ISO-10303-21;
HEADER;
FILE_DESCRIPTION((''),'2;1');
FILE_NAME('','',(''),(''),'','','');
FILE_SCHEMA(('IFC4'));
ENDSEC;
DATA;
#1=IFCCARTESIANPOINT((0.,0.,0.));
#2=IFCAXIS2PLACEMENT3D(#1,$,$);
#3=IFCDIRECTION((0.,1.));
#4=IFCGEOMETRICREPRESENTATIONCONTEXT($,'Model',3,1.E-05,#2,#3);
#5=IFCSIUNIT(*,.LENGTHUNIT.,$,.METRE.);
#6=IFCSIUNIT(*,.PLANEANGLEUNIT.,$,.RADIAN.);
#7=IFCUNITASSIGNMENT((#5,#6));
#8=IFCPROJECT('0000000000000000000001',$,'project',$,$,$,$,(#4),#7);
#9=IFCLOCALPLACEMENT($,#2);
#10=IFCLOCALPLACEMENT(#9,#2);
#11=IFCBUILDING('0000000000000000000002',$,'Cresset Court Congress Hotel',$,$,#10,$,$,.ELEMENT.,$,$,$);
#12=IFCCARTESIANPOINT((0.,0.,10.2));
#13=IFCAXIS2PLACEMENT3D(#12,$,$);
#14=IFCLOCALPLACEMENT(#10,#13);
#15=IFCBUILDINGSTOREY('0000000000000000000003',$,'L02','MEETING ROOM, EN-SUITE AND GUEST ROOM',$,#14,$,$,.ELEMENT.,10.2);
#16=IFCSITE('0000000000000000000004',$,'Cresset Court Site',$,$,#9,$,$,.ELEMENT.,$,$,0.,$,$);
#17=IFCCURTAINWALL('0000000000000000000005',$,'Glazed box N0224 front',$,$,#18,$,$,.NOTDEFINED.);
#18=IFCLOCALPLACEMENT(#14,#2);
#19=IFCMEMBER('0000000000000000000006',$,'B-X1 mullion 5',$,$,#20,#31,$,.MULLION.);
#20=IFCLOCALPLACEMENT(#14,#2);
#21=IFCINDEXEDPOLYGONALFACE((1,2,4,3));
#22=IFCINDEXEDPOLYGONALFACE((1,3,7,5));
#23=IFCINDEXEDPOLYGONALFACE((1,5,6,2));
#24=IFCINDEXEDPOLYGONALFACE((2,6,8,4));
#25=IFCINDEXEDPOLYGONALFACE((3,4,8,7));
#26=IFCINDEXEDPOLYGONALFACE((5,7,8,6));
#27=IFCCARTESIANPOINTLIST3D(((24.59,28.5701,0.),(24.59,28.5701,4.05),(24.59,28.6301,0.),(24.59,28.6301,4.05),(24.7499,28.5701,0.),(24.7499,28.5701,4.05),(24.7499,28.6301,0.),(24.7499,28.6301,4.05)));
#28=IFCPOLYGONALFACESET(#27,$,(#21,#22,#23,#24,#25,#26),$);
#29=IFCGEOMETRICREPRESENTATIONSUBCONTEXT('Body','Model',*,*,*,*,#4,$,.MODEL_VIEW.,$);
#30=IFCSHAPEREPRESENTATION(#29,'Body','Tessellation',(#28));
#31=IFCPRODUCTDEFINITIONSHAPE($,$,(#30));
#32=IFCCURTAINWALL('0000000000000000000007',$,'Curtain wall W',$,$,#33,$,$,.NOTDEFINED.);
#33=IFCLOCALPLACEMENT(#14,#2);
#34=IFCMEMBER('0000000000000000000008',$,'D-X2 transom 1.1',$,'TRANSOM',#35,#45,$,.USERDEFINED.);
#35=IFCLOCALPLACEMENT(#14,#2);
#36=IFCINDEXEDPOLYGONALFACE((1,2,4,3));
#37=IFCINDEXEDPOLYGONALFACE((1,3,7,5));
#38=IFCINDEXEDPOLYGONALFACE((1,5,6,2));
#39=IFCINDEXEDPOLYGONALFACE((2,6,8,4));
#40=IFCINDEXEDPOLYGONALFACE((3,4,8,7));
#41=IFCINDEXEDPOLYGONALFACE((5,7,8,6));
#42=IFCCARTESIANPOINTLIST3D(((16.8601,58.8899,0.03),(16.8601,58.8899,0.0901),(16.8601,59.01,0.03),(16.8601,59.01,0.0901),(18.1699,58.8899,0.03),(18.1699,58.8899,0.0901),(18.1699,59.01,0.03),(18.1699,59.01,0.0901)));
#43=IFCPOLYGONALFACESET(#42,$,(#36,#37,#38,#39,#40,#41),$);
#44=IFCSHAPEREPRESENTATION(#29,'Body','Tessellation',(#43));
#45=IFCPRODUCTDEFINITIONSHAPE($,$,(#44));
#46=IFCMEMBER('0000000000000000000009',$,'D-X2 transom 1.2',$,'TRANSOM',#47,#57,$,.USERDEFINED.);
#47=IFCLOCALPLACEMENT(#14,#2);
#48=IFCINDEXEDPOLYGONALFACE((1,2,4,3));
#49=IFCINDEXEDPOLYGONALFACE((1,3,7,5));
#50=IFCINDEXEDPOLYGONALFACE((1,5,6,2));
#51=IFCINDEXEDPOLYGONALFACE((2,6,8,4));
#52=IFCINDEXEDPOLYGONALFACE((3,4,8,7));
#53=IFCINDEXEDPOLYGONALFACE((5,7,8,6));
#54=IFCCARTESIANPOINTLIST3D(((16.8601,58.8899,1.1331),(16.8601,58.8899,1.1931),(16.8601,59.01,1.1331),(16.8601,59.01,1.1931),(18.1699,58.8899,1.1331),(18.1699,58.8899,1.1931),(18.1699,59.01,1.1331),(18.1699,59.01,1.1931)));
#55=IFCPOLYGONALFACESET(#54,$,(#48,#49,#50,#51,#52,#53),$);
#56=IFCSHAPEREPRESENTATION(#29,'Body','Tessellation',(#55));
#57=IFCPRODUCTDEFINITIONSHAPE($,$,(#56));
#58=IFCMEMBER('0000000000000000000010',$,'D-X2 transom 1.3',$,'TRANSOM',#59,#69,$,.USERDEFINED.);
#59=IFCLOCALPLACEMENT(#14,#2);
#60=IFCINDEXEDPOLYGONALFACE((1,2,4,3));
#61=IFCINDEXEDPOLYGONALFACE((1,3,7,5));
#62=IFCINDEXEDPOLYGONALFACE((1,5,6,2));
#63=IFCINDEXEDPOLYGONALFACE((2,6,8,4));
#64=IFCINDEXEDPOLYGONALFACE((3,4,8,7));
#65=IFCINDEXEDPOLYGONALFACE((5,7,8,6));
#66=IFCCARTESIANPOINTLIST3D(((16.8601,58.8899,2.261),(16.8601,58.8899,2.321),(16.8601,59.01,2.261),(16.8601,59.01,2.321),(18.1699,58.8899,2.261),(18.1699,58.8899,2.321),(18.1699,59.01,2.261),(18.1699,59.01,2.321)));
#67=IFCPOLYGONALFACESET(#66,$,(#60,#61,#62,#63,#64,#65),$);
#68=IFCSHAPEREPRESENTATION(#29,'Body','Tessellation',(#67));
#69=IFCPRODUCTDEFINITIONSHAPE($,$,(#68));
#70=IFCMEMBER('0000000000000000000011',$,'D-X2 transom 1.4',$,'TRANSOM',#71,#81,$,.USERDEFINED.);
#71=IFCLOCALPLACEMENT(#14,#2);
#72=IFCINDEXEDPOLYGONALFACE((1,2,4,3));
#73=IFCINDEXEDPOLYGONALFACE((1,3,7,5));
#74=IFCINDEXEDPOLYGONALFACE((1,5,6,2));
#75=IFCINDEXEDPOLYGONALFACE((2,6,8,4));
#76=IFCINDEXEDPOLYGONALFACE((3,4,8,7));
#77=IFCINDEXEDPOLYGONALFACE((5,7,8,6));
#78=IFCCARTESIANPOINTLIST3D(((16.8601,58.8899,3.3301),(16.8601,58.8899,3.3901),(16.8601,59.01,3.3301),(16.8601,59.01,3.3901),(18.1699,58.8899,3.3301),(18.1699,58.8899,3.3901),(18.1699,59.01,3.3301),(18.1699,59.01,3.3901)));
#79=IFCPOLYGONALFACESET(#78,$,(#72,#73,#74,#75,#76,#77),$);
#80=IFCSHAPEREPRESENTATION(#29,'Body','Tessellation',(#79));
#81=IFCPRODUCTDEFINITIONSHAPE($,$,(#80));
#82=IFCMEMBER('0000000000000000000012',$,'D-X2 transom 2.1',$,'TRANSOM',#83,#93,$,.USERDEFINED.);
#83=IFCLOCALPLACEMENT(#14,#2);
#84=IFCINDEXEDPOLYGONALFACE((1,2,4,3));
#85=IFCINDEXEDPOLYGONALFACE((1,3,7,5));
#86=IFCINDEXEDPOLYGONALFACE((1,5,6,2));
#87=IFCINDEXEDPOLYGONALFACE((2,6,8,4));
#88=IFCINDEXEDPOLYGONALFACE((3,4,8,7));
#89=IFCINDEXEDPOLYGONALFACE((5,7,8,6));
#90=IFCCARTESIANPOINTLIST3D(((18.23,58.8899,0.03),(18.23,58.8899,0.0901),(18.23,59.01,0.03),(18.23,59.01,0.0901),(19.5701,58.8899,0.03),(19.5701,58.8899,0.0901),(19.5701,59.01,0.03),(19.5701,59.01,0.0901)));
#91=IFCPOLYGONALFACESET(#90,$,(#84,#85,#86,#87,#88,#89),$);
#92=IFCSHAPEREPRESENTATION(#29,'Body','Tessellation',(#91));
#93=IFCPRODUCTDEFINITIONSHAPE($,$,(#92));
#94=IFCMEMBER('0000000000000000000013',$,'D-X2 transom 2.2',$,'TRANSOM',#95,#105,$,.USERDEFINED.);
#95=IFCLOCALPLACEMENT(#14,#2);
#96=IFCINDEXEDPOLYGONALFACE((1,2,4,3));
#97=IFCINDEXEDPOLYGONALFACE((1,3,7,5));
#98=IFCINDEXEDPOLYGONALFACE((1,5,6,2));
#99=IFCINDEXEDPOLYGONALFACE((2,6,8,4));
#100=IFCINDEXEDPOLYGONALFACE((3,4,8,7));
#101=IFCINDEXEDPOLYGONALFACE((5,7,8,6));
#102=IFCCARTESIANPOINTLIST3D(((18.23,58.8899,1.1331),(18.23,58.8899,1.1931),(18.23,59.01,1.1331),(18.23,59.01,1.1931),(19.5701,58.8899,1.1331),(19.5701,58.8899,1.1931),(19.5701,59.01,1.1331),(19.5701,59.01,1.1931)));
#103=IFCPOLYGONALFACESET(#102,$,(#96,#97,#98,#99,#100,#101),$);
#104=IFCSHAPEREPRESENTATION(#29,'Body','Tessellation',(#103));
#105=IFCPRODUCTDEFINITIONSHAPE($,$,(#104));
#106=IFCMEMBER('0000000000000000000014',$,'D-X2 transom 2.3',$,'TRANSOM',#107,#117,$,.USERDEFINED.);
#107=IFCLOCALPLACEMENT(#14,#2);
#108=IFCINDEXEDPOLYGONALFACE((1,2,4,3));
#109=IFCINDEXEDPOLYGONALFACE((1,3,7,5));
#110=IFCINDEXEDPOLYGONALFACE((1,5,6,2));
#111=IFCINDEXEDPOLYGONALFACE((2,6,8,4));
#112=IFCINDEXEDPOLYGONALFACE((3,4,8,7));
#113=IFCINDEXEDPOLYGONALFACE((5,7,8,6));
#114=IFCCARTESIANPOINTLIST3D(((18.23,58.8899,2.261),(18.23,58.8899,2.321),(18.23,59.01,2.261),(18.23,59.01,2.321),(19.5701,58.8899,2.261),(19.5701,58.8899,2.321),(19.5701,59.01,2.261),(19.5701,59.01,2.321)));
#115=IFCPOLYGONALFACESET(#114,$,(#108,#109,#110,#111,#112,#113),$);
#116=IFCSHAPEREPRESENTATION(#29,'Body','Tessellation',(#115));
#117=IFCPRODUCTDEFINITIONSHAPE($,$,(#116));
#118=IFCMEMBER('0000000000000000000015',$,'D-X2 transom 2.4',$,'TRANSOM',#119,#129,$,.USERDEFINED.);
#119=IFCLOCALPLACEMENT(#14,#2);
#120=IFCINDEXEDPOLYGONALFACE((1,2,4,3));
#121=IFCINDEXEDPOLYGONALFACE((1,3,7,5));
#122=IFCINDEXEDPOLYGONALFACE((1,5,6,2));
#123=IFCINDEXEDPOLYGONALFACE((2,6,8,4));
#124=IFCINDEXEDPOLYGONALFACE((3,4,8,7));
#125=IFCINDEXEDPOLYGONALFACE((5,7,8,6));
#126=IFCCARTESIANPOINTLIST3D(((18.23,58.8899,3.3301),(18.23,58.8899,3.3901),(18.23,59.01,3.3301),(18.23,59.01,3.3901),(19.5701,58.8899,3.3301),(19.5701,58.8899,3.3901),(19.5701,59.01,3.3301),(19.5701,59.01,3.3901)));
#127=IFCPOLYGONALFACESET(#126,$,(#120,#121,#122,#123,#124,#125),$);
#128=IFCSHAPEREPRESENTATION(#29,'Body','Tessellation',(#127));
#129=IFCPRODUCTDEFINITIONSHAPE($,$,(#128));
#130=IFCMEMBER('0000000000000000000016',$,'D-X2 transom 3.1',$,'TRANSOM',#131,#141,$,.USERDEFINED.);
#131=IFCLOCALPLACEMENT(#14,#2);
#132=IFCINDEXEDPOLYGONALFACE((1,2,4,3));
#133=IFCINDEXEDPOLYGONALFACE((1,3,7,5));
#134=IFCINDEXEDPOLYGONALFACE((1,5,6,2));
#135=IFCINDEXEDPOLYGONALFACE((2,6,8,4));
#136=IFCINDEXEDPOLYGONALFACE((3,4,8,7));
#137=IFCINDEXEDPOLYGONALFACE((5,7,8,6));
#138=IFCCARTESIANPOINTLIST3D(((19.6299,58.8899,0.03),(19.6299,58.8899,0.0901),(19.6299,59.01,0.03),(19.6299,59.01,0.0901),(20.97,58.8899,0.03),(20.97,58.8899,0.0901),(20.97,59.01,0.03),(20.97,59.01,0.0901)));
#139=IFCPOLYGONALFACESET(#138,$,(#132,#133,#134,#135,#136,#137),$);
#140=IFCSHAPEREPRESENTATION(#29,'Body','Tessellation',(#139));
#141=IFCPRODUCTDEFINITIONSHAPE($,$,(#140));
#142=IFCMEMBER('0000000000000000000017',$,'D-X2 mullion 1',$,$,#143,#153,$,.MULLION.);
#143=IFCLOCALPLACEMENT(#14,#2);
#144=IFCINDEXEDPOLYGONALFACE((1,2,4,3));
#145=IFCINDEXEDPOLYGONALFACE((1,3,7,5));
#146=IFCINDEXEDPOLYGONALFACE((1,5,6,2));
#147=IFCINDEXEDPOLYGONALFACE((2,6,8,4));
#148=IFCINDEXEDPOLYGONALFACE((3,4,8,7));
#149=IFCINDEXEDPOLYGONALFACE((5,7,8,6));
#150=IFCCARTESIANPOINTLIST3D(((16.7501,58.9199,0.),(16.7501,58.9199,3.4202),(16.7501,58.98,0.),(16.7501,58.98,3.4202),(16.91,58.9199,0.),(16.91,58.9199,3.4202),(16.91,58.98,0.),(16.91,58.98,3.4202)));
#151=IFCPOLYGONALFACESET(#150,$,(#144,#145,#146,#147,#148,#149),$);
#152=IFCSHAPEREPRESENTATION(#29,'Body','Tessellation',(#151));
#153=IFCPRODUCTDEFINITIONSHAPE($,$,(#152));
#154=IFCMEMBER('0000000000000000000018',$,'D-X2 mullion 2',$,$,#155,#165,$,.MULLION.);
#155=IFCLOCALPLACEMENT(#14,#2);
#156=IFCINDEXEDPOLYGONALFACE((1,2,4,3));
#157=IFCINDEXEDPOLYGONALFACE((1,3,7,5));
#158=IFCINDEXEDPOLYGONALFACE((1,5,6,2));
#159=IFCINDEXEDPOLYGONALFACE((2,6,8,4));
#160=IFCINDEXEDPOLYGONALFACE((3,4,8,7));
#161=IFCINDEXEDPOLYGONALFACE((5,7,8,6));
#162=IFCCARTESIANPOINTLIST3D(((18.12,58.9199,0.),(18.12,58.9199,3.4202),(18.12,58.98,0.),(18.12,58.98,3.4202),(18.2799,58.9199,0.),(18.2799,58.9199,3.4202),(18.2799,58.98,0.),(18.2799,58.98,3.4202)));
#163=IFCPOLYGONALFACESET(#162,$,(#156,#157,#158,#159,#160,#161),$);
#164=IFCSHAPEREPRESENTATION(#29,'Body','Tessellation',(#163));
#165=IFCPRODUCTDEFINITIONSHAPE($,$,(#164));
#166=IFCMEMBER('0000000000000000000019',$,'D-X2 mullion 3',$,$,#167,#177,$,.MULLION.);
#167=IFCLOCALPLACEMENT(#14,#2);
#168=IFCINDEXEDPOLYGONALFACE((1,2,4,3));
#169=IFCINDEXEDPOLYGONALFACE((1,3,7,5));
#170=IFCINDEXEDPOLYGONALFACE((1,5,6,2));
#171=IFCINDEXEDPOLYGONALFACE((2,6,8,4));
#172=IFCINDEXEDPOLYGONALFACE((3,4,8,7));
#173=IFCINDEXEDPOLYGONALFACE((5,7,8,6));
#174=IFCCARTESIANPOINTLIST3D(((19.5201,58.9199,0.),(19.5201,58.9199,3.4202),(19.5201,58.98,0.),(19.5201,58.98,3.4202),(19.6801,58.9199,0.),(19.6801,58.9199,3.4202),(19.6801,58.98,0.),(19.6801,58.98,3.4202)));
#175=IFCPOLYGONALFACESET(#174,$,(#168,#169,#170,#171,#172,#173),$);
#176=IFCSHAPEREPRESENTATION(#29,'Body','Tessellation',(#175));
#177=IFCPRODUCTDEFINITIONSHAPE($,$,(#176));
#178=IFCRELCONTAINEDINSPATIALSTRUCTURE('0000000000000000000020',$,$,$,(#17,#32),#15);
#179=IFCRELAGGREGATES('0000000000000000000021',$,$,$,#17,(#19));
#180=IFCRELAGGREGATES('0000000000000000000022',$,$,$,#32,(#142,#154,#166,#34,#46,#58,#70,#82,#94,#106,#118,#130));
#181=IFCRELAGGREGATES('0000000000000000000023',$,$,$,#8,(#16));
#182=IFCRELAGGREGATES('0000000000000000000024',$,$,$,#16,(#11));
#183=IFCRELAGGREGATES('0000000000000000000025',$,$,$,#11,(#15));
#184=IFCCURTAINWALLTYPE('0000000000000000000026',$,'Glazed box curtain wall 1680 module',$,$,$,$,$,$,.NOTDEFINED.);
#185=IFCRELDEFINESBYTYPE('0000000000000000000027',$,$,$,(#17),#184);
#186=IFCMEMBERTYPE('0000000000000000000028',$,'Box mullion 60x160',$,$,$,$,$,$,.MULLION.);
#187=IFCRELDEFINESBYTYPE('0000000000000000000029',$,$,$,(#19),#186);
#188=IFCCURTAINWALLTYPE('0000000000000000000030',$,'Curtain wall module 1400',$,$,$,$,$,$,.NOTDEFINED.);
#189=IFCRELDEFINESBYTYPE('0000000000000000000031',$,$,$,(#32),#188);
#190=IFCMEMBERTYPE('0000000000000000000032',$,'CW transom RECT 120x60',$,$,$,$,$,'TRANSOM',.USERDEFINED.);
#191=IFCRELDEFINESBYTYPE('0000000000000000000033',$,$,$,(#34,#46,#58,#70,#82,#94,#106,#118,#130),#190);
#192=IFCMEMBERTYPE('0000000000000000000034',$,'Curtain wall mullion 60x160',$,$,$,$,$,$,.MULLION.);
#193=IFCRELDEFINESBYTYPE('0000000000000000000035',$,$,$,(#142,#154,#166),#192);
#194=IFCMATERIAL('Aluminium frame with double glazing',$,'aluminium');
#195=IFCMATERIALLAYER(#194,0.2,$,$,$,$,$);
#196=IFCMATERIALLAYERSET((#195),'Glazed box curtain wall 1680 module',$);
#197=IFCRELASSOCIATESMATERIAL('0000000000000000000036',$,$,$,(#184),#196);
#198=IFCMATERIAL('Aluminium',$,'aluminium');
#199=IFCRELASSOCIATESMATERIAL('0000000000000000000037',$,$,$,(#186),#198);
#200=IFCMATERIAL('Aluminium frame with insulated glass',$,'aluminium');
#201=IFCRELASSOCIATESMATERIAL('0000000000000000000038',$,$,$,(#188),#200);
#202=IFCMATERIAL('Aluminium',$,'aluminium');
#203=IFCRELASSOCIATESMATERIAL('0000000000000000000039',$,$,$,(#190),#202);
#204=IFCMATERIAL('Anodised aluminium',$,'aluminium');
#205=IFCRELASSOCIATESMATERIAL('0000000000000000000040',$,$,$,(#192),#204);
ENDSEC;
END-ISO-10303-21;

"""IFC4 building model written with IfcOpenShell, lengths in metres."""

from ifc_helpers import new_model, si_unit, direction, frame, origin, origin_2d, place, context, subcontext, project, spatial, rectangle, extrude, material, layer, layer_set, material_profile, profile_set, type_object, element, aggregate, save


model = new_model("IFC4")

# Units and contexts
model_context = context("Model", 3, precision=1e-05, world=origin(), true_north=direction((0.0, 1.0)))
body_context = subcontext(model_context, "Body", "Model", "MODEL_VIEW")
ifc_project = project(units=[si_unit("LENGTHUNIT", "METRE"), si_unit("PLANEANGLEUNIT", "RADIAN")], contexts=[model_context])

# Site, building, storey
site_placement = place(None, origin())
site = spatial("IfcSite", under=ifc_project, at=site_placement, Name="Cresset Court Site", CompositionType="ELEMENT", RefElevation=0.0)
building_placement = place(site_placement, origin())
building = spatial("IfcBuilding", under=site, at=building_placement, Name="Cresset Court Congress Hotel", CompositionType="ELEMENT")
storey_placement = place(building_placement, frame((0.0, 0.0, 10.2)))
storey = spatial("IfcBuildingStorey", under=building, at=storey_placement, Name="L02", Description="MEETING ROOM, EN-SUITE AND GUEST ROOM", CompositionType="ELEMENT", Elevation=10.2)

# Curtain wall, member
ifc_material_1 = material(Name="Aluminium frame with double glazing", Category="aluminium")
ifc_layer_1 = layer(ifc_material_1, 0.2)
ifc_layer_set_1 = layer_set([ifc_layer_1], Name="Glazed box curtain wall 1680 module")
curtain_wall_type_1 = type_object("IfcCurtainWallType", Name="Glazed box curtain wall 1680 module", PredefinedType="NOTDEFINED", material=ifc_layer_set_1)
curtain_wall_1_placement = place(storey_placement, origin())
curtain_wall_1 = element("IfcCurtainWall", 1, at=curtain_wall_1_placement, inside=storey, type_object=curtain_wall_type_1, Name="Glazed box N0224 front", PredefinedType="NOTDEFINED")
ifc_material_2 = material(Name="Aluminium", Category="aluminium")
ifc_material_profile_1 = material_profile(ifc_material_2, rectangle(XDim=0.0601, YDim=0.1599, at=origin_2d()), Name="Box mullion 60x160")
ifc_profile_set_1 = profile_set([ifc_material_profile_1], Name="Aluminium")
member_type_1 = type_object("IfcMemberType", Name="Box mullion 60x160", PredefinedType="MULLION", material=ifc_profile_set_1)
member_1_placement = place(storey_placement, frame((24.6699, 28.6001, 0.0), z_axis=(0.0, 0.0, 1.0), x_axis=(0.0, 1.0, 0.0)))
member_1 = element("IfcMember", 2, at=member_1_placement, type_object=member_type_1, Name="B-X1 mullion 5", PredefinedType="MULLION", context=body_context, shape_type="SweptSolid", body=[
    extrude(rectangle(XDim=0.0601, YDim=0.1599, at=origin_2d()), origin(), (0.0, 0.0, 1.0), 4.05),
])

# Curtain wall, members
ifc_material_3 = material(Name="Aluminium frame with insulated glass", Category="aluminium")
curtain_wall_type_2 = type_object("IfcCurtainWallType", Name="Curtain wall module 1400", PredefinedType="NOTDEFINED", material=ifc_material_3)
curtain_wall_2_placement = place(storey_placement, origin())
curtain_wall_2 = element("IfcCurtainWall", 3, at=curtain_wall_2_placement, inside=storey, type_object=curtain_wall_type_2, Name="Curtain wall W", PredefinedType="NOTDEFINED")
ifc_material_4 = material(Name="Aluminium", Category="aluminium")
ifc_material_profile_2 = material_profile(ifc_material_4, rectangle(XDim=0.1201, YDim=0.0601, at=origin_2d()), Name="AL 120x60")
ifc_profile_set_2 = profile_set([ifc_material_profile_2], Name="Aluminium")
member_type_2 = type_object("IfcMemberType", Name="CW transom RECT 120x60", ElementType="TRANSOM", PredefinedType="USERDEFINED", material=ifc_profile_set_2)
member_2_placement = place(storey_placement, frame((16.8601, 58.95, 0.0601), z_axis=(1.0, 0.0, 0.0), x_axis=(0.0, 1.0, 0.0)))
member_2 = element("IfcMember", 4, at=member_2_placement, type_object=member_type_2, Name="D-X2 transom 1.1", ObjectType="TRANSOM", PredefinedType="USERDEFINED", context=body_context, shape_type="SweptSolid", body=[
    extrude(rectangle(XDim=0.1201, YDim=0.0601, at=origin_2d()), origin(), (0.0, 0.0, 1.0), 1.3098),
])
member_3_placement = place(storey_placement, frame((16.8601, 58.95, 1.1631), z_axis=(1.0, 0.0, 0.0), x_axis=(0.0, 1.0, 0.0)))
member_3 = element("IfcMember", 5, at=member_3_placement, type_object=member_type_2, Name="D-X2 transom 1.2", ObjectType="TRANSOM", PredefinedType="USERDEFINED", context=body_context, shape_type="SweptSolid", body=[
    extrude(rectangle(XDim=0.1201, YDim=0.0601, at=origin_2d()), origin(), (0.0, 0.0, 1.0), 1.3098),
])
member_4_placement = place(storey_placement, frame((16.8601, 58.95, 2.291), z_axis=(1.0, 0.0, 0.0), x_axis=(0.0, 1.0, 0.0)))
member_4 = element("IfcMember", 6, at=member_4_placement, type_object=member_type_2, Name="D-X2 transom 1.3", ObjectType="TRANSOM", PredefinedType="USERDEFINED", context=body_context, shape_type="SweptSolid", body=[
    extrude(rectangle(XDim=0.1201, YDim=0.0601, at=origin_2d()), origin(), (0.0, 0.0, 1.0), 1.3098),
])
member_5_placement = place(storey_placement, frame((16.8601, 58.95, 3.3601), z_axis=(1.0, 0.0, 0.0), x_axis=(0.0, 1.0, 0.0)))
member_5 = element("IfcMember", 7, at=member_5_placement, type_object=member_type_2, Name="D-X2 transom 1.4", ObjectType="TRANSOM", PredefinedType="USERDEFINED", context=body_context, shape_type="SweptSolid", body=[
    extrude(rectangle(XDim=0.1201, YDim=0.0601, at=origin_2d()), origin(), (0.0, 0.0, 1.0), 1.3098),
])
member_6_placement = place(storey_placement, frame((18.23, 58.95, 0.0601), z_axis=(1.0, 0.0, 0.0), x_axis=(0.0, 1.0, 0.0)))
member_6 = element("IfcMember", 8, at=member_6_placement, type_object=member_type_2, Name="D-X2 transom 2.1", ObjectType="TRANSOM", PredefinedType="USERDEFINED", context=body_context, shape_type="SweptSolid", body=[
    extrude(rectangle(XDim=0.1201, YDim=0.0601, at=origin_2d()), origin(), (0.0, 0.0, 1.0), 1.3401),
])
member_7_placement = place(storey_placement, frame((18.23, 58.95, 1.1631), z_axis=(1.0, 0.0, 0.0), x_axis=(0.0, 1.0, 0.0)))
member_7 = element("IfcMember", 9, at=member_7_placement, type_object=member_type_2, Name="D-X2 transom 2.2", ObjectType="TRANSOM", PredefinedType="USERDEFINED", context=body_context, shape_type="SweptSolid", body=[
    extrude(rectangle(XDim=0.1201, YDim=0.0601, at=origin_2d()), origin(), (0.0, 0.0, 1.0), 1.3401),
])
member_8_placement = place(storey_placement, frame((18.23, 58.95, 2.291), z_axis=(1.0, 0.0, 0.0), x_axis=(0.0, 1.0, 0.0)))
member_8 = element("IfcMember", 10, at=member_8_placement, type_object=member_type_2, Name="D-X2 transom 2.3", ObjectType="TRANSOM", PredefinedType="USERDEFINED", context=body_context, shape_type="SweptSolid", body=[
    extrude(rectangle(XDim=0.1201, YDim=0.0601, at=origin_2d()), origin(), (0.0, 0.0, 1.0), 1.3401),
])
member_9_placement = place(storey_placement, frame((18.23, 58.95, 3.3601), z_axis=(1.0, 0.0, 0.0), x_axis=(0.0, 1.0, 0.0)))
member_9 = element("IfcMember", 11, at=member_9_placement, type_object=member_type_2, Name="D-X2 transom 2.4", ObjectType="TRANSOM", PredefinedType="USERDEFINED", context=body_context, shape_type="SweptSolid", body=[
    extrude(rectangle(XDim=0.1201, YDim=0.0601, at=origin_2d()), origin(), (0.0, 0.0, 1.0), 1.3401),
])
member_10_placement = place(storey_placement, frame((19.6299, 58.95, 0.0601), z_axis=(1.0, 0.0, 0.0), x_axis=(0.0, 1.0, 0.0)))
member_10 = element("IfcMember", 12, at=member_10_placement, type_object=member_type_2, Name="D-X2 transom 3.1", ObjectType="TRANSOM", PredefinedType="USERDEFINED", context=body_context, shape_type="SweptSolid", body=[
    extrude(rectangle(XDim=0.1201, YDim=0.0601, at=origin_2d()), origin(), (0.0, 0.0, 1.0), 1.3401),
])
ifc_material_5 = material(Name="Anodised aluminium", Category="aluminium")
ifc_material_profile_3 = material_profile(ifc_material_5, rectangle(XDim=0.0601, YDim=0.1599, at=origin_2d()), Name="AL60x160")
ifc_profile_set_3 = profile_set([ifc_material_profile_3], Name="Anodised aluminium")
member_type_3 = type_object("IfcMemberType", Name="Curtain wall mullion 60x160", PredefinedType="MULLION", material=ifc_profile_set_3)
member_11_placement = place(storey_placement, frame((16.8301, 58.95, 0.0), z_axis=(0.0, 0.0, 1.0), x_axis=(0.0, 1.0, 0.0)))
member_11 = element("IfcMember", 13, at=member_11_placement, type_object=member_type_3, Name="D-X2 mullion 1", PredefinedType="MULLION", context=body_context, shape_type="SweptSolid", body=[
    extrude(rectangle(XDim=0.0601, YDim=0.1599, at=origin_2d()), origin(), (0.0, 0.0, 1.0), 3.4202),
])
member_12_placement = place(storey_placement, frame((18.2, 58.95, 0.0), z_axis=(0.0, 0.0, 1.0), x_axis=(0.0, 1.0, 0.0)))
member_12 = element("IfcMember", 14, at=member_12_placement, type_object=member_type_3, Name="D-X2 mullion 2", PredefinedType="MULLION", context=body_context, shape_type="SweptSolid", body=[
    extrude(rectangle(XDim=0.0601, YDim=0.1599, at=origin_2d()), origin(), (0.0, 0.0, 1.0), 3.4202),
])
member_13_placement = place(storey_placement, frame((19.6001, 58.95, 0.0), z_axis=(0.0, 0.0, 1.0), x_axis=(0.0, 1.0, 0.0)))
member_13 = element("IfcMember", 15, at=member_13_placement, type_object=member_type_3, Name="D-X2 mullion 3", PredefinedType="MULLION", context=body_context, shape_type="SweptSolid", body=[
    extrude(rectangle(XDim=0.0601, YDim=0.1599, at=origin_2d()), origin(), (0.0, 0.0, 1.0), 3.4202),
])

aggregate(curtain_wall_1, [member_1])
aggregate(curtain_wall_2, [member_11, member_12, member_13, member_2, member_3, member_4, member_5, member_6, member_7, member_8, member_9, member_10])

save(model, "model.ifc")
